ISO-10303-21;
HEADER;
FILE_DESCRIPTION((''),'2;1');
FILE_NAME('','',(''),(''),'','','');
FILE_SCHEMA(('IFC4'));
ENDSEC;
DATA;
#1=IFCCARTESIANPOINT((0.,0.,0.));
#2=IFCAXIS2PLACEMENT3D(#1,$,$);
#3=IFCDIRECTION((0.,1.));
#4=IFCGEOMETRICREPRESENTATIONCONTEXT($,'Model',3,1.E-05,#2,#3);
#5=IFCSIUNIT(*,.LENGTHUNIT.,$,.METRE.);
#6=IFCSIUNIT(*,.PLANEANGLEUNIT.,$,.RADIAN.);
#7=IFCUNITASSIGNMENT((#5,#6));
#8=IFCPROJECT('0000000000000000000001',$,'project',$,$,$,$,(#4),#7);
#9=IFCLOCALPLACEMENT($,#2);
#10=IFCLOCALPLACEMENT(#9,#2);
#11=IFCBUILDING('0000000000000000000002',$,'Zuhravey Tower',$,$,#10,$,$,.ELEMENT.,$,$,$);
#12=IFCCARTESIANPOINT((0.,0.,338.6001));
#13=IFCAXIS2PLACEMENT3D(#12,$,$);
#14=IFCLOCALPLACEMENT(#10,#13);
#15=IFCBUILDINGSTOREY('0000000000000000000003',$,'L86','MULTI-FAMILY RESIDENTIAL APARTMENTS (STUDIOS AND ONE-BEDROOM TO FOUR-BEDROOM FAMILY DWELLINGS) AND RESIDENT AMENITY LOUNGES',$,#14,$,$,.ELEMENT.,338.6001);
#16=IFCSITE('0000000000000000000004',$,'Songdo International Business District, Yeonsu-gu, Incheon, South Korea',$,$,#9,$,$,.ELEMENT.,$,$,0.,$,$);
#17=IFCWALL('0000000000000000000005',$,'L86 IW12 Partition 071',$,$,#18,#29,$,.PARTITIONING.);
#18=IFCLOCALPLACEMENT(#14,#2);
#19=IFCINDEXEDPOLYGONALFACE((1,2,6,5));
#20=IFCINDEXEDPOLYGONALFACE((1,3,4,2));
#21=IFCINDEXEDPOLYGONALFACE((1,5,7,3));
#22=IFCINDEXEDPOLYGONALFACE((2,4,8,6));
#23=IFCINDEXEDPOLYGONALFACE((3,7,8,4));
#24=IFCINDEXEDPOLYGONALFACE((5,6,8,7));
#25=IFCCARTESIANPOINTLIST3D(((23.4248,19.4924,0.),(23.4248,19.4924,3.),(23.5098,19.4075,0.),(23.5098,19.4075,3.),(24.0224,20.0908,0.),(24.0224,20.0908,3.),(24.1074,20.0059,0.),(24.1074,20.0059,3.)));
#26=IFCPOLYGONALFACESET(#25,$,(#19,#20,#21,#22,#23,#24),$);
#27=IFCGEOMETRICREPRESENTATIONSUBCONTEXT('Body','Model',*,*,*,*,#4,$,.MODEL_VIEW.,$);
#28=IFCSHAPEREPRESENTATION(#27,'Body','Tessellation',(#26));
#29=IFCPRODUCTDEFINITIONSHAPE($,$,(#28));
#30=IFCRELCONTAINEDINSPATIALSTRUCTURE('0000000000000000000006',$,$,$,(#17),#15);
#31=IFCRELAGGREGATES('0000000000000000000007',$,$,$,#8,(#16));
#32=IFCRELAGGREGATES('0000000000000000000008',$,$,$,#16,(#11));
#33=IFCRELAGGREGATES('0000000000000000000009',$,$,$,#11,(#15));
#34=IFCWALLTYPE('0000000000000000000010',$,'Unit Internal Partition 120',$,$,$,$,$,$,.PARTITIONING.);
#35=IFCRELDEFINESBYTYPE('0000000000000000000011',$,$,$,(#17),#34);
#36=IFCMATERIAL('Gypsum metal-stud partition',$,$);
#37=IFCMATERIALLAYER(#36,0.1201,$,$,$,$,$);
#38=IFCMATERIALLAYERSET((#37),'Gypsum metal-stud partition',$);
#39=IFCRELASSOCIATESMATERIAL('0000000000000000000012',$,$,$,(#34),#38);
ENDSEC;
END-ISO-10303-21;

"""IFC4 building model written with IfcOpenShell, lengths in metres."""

from ifc_helpers import new_model, si_unit, direction, frame, frame_2d, origin, place, context, subcontext, project, spatial, rectangle, extrude, material, layer, layer_set, type_object, element, save


model = new_model("IFC4")

# Units and contexts
model_context = context("Model", 3, precision=1e-05, world=origin(), true_north=direction((0.0, 1.0)))
body_context = subcontext(model_context, "Body", "Model", "MODEL_VIEW")
ifc_project = project(units=[si_unit("LENGTHUNIT", "METRE"), si_unit("PLANEANGLEUNIT", "RADIAN")], contexts=[model_context])

# Site, building, storey
site_placement = place(None, origin())
site = spatial("IfcSite", under=ifc_project, at=site_placement, Name="Songdo International Business District, Yeonsu-gu, Incheon, South Korea", CompositionType="ELEMENT", RefElevation=0.0)
building_placement = place(site_placement, origin())
building = spatial("IfcBuilding", under=site, at=building_placement, Name="Zuhravey Tower", CompositionType="ELEMENT")
storey_placement = place(building_placement, frame((0.0, 0.0, 338.6001)))
storey = spatial("IfcBuildingStorey", under=building, at=storey_placement, Name="L86", Description="MULTI-FAMILY RESIDENTIAL APARTMENTS (STUDIOS AND ONE-BEDROOM TO FOUR-BEDROOM FAMILY DWELLINGS) AND RESIDENT AMENITY LOUNGES", CompositionType="ELEMENT", Elevation=338.6001)

# Wall
ifc_material_1 = material(Name="Gypsum metal-stud partition")
ifc_layer_1 = layer(ifc_material_1, 0.1201)
ifc_layer_set_1 = layer_set([ifc_layer_1], Name="Gypsum metal-stud partition")
wall_type_1 = type_object("IfcWallType", Name="Unit Internal Partition 120", PredefinedType="PARTITIONING", material=ifc_layer_set_1)
wall_1_placement = place(storey_placement, frame((24.0649, 20.0483, 0.0), z_axis=(0.0, 0.0, 1.0), x_axis=(-0.706674, -0.70754, 0.0)))
element("IfcWall", 1, at=wall_1_placement, inside=storey, type_object=wall_type_1, Name="L86 IW12 Partition 071", PredefinedType="PARTITIONING", context=body_context, shape_type="SweptSolid", body=[
    extrude(rectangle(XDim=0.8457, YDim=0.1201, at=frame_2d((0.4229, 0.0))), origin(), (0.0, 0.0, 1.0), 3.0),
])

save(model, "model.ifc")
